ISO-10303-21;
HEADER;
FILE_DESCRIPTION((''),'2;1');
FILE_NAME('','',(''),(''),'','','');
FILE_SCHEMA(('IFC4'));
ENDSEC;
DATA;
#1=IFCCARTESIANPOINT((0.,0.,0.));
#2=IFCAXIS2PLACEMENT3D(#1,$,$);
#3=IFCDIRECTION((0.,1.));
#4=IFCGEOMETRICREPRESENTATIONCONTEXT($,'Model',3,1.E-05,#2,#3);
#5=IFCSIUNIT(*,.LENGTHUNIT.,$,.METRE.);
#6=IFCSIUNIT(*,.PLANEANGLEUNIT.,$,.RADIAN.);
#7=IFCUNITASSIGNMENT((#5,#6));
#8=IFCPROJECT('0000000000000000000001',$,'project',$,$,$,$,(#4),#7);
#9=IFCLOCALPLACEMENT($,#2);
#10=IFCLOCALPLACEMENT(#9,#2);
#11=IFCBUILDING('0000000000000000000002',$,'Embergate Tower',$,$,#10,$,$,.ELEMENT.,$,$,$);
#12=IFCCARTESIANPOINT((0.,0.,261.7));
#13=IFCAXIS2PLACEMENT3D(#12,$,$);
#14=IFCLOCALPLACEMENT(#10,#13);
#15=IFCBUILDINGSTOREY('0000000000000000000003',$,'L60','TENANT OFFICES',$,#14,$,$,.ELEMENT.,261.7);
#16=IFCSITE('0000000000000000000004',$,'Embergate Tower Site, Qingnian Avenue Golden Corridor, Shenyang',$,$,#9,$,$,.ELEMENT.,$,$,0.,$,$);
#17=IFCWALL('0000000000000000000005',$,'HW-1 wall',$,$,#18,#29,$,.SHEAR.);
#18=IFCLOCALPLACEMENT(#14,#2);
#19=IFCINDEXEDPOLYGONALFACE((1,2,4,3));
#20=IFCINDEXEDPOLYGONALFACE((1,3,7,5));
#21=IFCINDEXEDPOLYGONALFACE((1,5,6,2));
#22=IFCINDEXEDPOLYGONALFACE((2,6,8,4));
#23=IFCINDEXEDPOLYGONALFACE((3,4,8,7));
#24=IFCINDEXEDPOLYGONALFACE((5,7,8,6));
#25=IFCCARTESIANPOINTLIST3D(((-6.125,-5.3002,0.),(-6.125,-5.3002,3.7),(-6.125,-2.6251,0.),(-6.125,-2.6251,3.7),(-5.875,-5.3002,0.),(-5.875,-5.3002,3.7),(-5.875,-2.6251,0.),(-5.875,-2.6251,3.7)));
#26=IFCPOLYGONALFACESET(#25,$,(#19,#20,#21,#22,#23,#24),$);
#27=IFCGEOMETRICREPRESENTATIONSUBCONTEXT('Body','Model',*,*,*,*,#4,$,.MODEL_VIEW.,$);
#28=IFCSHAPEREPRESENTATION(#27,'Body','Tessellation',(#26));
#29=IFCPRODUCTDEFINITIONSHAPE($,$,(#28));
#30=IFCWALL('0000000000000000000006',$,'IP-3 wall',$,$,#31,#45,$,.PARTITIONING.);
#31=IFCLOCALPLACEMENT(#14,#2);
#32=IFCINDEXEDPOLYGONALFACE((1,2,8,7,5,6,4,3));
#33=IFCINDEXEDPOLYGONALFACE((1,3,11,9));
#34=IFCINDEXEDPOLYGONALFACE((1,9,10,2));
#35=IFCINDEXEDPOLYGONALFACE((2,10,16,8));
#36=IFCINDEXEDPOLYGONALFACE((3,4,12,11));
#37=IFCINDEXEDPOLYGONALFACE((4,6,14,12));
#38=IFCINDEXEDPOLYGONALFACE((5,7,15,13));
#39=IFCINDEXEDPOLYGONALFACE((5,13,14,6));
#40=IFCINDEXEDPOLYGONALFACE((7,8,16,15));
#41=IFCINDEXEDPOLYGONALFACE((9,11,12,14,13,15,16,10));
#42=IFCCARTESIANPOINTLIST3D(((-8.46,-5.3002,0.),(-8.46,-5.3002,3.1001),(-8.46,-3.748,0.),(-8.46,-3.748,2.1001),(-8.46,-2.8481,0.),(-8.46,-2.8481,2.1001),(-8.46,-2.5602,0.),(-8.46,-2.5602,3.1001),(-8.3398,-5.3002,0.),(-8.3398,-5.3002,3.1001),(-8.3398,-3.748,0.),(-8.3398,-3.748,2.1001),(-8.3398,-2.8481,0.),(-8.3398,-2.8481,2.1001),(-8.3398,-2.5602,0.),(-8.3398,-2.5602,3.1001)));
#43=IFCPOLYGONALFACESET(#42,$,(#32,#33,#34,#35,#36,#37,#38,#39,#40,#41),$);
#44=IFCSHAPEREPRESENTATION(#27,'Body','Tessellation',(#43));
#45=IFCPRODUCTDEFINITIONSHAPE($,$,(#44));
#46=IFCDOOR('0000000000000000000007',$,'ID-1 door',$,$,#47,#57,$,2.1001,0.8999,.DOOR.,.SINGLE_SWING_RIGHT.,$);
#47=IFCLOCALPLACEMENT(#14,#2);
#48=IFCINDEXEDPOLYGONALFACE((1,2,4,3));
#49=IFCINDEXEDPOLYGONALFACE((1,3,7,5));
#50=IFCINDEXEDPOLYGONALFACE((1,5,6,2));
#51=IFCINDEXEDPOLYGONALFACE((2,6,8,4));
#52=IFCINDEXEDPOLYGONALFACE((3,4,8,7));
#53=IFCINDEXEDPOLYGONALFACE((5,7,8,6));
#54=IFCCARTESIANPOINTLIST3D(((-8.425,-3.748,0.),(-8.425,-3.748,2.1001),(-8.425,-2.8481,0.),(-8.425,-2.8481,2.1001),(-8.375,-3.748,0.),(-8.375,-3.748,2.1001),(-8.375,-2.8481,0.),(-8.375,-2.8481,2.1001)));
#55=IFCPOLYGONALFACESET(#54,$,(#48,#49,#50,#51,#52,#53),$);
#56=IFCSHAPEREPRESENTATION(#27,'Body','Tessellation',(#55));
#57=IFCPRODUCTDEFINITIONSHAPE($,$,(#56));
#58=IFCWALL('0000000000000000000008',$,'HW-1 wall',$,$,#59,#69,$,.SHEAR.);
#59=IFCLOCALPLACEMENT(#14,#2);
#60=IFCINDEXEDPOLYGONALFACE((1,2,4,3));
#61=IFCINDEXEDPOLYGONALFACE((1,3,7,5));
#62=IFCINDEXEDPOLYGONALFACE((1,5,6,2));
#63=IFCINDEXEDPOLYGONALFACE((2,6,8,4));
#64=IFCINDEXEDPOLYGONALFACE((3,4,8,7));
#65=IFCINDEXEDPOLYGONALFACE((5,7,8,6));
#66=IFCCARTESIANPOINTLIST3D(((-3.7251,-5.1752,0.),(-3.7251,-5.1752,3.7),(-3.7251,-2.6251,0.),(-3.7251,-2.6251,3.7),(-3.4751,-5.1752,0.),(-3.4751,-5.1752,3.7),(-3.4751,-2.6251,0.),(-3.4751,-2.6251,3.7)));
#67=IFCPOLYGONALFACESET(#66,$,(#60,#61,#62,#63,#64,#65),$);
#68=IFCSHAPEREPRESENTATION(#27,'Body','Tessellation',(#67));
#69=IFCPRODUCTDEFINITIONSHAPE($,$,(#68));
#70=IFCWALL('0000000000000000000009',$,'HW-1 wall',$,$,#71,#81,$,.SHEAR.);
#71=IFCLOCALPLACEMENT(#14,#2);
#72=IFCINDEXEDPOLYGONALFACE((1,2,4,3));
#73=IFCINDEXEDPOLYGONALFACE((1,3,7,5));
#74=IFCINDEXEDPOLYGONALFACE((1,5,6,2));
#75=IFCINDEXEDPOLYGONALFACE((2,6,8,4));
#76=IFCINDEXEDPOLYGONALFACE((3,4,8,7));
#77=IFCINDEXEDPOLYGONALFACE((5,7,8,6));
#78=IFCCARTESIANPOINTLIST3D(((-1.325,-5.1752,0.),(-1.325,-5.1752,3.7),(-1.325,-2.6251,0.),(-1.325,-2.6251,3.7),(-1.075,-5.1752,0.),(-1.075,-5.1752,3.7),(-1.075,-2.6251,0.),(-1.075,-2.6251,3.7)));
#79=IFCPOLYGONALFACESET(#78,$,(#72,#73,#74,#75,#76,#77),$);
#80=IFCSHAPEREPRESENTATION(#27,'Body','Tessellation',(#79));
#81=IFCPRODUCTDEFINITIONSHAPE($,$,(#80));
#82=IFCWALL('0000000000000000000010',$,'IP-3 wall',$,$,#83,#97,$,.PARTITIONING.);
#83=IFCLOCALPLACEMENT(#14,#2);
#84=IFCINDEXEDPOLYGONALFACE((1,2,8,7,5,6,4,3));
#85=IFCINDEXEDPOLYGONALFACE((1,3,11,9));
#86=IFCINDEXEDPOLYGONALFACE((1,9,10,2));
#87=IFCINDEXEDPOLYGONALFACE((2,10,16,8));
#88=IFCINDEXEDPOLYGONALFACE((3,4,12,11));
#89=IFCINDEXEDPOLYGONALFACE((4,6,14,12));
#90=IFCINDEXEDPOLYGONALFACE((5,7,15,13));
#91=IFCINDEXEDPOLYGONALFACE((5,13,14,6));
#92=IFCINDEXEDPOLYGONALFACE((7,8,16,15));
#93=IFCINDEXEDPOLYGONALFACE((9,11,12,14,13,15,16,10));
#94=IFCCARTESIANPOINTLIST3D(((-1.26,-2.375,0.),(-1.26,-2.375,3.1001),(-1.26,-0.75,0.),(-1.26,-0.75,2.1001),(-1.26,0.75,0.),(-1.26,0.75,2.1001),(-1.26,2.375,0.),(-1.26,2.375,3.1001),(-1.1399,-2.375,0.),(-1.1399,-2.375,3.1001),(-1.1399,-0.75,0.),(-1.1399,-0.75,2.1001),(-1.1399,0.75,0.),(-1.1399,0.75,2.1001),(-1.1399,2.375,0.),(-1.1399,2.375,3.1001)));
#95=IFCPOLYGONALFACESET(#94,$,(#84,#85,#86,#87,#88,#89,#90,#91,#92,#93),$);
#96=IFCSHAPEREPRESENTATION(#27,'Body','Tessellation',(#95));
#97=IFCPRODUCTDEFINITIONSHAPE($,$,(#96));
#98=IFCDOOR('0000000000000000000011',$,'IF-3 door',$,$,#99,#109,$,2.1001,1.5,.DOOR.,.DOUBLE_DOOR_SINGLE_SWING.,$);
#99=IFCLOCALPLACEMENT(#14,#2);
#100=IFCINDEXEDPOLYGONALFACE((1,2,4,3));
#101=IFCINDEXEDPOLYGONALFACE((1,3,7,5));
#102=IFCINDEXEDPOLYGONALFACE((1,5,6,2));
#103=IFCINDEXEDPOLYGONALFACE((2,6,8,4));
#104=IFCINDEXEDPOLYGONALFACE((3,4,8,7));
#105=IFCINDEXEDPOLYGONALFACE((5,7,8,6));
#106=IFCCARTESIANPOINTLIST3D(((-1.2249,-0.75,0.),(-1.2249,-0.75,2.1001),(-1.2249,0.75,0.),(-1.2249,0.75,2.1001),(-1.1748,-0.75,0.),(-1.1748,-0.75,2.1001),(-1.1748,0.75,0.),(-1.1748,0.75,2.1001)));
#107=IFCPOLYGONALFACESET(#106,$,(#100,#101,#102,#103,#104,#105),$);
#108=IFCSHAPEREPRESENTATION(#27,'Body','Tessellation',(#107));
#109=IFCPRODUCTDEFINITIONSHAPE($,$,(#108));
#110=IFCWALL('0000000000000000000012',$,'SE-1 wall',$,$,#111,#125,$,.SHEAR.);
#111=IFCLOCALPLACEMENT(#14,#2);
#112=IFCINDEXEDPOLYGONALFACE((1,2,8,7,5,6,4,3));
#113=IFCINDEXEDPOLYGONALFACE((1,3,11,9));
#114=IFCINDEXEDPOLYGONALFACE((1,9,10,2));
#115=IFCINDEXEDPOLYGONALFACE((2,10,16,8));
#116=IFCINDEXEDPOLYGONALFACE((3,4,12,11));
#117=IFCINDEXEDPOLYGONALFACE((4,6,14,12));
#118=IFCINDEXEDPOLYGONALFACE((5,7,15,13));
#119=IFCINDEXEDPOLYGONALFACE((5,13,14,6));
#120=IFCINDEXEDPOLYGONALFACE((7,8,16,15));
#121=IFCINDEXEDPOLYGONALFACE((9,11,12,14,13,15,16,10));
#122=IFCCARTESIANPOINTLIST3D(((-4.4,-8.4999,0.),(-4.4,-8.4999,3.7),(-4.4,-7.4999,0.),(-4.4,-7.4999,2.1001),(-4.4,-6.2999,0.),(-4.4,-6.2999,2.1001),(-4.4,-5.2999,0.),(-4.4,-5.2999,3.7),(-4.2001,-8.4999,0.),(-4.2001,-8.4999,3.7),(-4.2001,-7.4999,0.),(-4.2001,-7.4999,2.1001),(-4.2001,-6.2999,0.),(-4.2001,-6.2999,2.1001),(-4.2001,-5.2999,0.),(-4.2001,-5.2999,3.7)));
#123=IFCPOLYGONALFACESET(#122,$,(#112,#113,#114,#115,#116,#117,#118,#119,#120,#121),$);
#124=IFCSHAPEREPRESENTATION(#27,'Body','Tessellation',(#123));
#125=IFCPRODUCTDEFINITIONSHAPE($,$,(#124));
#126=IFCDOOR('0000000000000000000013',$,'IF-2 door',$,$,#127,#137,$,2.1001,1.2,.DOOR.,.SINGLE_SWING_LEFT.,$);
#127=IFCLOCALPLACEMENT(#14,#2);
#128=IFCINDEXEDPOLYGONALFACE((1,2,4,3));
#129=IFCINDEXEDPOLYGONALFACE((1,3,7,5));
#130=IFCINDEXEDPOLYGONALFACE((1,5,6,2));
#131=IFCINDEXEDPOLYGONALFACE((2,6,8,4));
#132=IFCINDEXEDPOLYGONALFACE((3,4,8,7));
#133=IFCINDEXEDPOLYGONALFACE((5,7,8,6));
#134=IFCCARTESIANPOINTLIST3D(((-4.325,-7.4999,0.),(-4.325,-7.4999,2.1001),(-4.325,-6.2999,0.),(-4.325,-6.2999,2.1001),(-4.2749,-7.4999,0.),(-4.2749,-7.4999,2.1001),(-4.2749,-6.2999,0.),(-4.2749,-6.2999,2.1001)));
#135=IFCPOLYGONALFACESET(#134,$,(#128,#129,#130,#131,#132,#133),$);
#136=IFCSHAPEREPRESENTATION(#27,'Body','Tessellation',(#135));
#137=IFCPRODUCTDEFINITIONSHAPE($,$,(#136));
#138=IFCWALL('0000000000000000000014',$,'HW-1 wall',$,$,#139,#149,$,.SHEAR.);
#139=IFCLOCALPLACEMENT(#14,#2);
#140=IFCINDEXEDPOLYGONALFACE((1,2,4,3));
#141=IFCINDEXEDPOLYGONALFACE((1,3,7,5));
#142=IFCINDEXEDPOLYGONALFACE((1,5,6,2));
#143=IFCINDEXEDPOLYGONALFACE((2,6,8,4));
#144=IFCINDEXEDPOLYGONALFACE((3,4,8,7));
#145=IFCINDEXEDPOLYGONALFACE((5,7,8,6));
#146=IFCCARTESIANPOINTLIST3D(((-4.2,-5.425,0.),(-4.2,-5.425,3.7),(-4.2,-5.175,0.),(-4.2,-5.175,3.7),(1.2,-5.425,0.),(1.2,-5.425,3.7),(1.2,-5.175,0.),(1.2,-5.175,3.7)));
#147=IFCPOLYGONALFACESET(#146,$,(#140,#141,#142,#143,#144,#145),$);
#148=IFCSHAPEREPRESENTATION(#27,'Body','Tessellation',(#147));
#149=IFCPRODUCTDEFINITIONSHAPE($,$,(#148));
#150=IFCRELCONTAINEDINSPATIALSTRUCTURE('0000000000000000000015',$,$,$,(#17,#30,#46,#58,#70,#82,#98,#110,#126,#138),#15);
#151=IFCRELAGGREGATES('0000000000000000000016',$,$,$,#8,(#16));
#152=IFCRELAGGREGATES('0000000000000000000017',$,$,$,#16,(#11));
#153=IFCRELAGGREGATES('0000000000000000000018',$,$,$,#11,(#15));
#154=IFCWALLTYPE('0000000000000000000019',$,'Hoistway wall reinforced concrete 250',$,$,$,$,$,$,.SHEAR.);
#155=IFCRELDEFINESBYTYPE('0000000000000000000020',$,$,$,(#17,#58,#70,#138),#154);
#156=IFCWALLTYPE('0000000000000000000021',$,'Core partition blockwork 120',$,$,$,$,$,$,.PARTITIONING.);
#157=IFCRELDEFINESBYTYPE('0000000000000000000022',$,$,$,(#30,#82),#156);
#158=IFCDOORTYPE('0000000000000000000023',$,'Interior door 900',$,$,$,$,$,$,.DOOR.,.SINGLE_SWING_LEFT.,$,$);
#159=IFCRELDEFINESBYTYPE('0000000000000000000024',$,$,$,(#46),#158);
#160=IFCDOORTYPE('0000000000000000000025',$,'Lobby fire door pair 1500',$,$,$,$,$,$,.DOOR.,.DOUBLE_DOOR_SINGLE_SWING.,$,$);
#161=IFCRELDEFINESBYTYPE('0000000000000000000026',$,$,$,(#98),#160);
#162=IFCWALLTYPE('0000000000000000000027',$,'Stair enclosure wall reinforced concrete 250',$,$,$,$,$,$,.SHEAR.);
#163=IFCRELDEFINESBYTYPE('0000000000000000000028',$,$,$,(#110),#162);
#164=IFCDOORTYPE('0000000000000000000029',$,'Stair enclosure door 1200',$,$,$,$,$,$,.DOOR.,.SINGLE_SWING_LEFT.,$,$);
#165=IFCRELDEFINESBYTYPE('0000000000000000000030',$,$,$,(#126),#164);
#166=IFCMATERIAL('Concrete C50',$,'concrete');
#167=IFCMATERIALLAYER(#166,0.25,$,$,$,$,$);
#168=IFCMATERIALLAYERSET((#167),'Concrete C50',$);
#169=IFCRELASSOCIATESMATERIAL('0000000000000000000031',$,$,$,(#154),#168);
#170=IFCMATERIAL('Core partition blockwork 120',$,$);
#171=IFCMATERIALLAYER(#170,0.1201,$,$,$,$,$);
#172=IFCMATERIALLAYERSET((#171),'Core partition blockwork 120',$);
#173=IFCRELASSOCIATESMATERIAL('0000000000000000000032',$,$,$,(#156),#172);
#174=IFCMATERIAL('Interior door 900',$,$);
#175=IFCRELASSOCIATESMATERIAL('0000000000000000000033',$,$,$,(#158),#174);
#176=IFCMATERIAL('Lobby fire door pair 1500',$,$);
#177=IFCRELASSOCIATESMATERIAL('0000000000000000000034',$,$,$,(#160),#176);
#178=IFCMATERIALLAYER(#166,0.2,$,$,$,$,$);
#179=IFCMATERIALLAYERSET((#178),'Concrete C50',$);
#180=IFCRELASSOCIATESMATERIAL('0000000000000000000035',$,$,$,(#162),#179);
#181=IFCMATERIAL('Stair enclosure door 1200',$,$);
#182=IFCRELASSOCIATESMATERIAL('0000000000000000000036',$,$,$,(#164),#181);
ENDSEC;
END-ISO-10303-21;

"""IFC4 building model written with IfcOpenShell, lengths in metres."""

from ifc_helpers import new_model, si_unit, direction, frame, frame_2d, origin, place, context, subcontext, project, spatial, rectangle, extrude, source, transform, mapped, material, layer, layer_set, type_object, element, fill, save


model = new_model("IFC4")

# Units and contexts
model_context = context("Model", 3, precision=1e-05, world=origin(), true_north=direction((0.0, 1.0)))
body_context = subcontext(model_context, "Body", "Model", "MODEL_VIEW")
ifc_project = project(units=[si_unit("LENGTHUNIT", "METRE"), si_unit("PLANEANGLEUNIT", "RADIAN")], contexts=[model_context])

# Site, building, storey
site_placement = place(None, origin())
site = spatial("IfcSite", under=ifc_project, at=site_placement, Name="Embergate Tower Site, Qingnian Avenue Golden Corridor, Shenyang", CompositionType="ELEMENT", RefElevation=0.0)
building_placement = place(site_placement, origin())
building = spatial("IfcBuilding", under=site, at=building_placement, Name="Embergate Tower", CompositionType="ELEMENT")
storey_placement = place(building_placement, frame((0.0, 0.0, 261.7)))
storey = spatial("IfcBuildingStorey", under=building, at=storey_placement, Name="L60", Description="TENANT OFFICES", CompositionType="ELEMENT", Elevation=261.7)

# Wall
ifc_material_1 = material(Name="Concrete C50", Category="concrete")
ifc_layer_1 = layer(ifc_material_1, 0.25)
ifc_layer_set_1 = layer_set([ifc_layer_1], Name="Concrete C50")
wall_type_1 = type_object("IfcWallType", Name="Hoistway wall reinforced concrete 250", PredefinedType="SHEAR", material=ifc_layer_set_1)
shared_shape_1 = source(origin(), body_context, "Body", "SweptSolid", [
    extrude(rectangle(XDim=2.675, YDim=0.25, at=frame_2d((1.3374, 0.0))), origin(), (0.0, 0.0, 1.0), 3.7),
])
wall_1_placement = place(storey_placement, frame((-6.0, -5.3, 0.0), z_axis=(0.0, 0.0, 1.0), x_axis=(0.0, 1.0, 0.0)))
element("IfcWall", 1, at=wall_1_placement, inside=storey, type_object=wall_type_1, Name="HW-1 wall", PredefinedType="SHEAR", context=body_context, shape_type="MappedRepresentation", body=[
    mapped(shared_shape_1, transform((0.0, 0.0, 0.0))),
])

# Wall, opening, door
ifc_material_2 = material(Name="Core partition blockwork 120")
ifc_layer_2 = layer(ifc_material_2, 0.1201)
ifc_layer_set_2 = layer_set([ifc_layer_2], Name="Core partition blockwork 120")
wall_type_2 = type_object("IfcWallType", Name="Core partition blockwork 120", PredefinedType="PARTITIONING", material=ifc_layer_set_2)
shared_shape_2 = source(origin(), body_context, "Body", "SweptSolid", [
    extrude(rectangle(XDim=2.74, YDim=0.1201, at=frame_2d((1.3701, 0.0))), origin(), (0.0, 0.0, 1.0), 3.1001),
])
wall_2_placement = place(storey_placement, frame((-8.3999, -2.5601, 0.0), z_axis=(0.0, 0.0, 1.0), x_axis=(0.0, -1.0, 0.0)))
wall_2 = element("IfcWall", 2, at=wall_2_placement, inside=storey, type_object=wall_type_2, Name="IP-3 wall", PredefinedType="PARTITIONING", context=body_context, shape_type="MappedRepresentation", body=[
    mapped(shared_shape_2, transform((0.0, 0.0, 0.0))),
])
shared_shape_3 = source(origin(), body_context, "Body", "SweptSolid", [
    extrude(rectangle(XDim=0.8999, YDim=2.1001, at=frame_2d((0.45, 1.05))), frame((0.0, 0.0701, 0.0), z_axis=(0.0, -1.0, 0.0), x_axis=(1.0, 0.0, 0.0)), (0.0, 0.0, 1.0), 0.1401),
])
opening_1_placement = place(wall_2_placement, frame((0.2881, 0.0, 0.0)))
opening_1 = element("IfcOpeningElement", 3, at=opening_1_placement, cuts=wall_2, PredefinedType="OPENING", context=body_context, shape_type="MappedRepresentation", body=[
    mapped(shared_shape_3, transform((0.0, 0.0, 0.0))),
])
ifc_material_3 = material(Name="Interior door 900")
door_type_1 = type_object("IfcDoorType", Name="Interior door 900", OperationType="SINGLE_SWING_LEFT", PredefinedType="DOOR", material=ifc_material_3)
shared_shape_4 = source(origin(), body_context, "Body", "SweptSolid", [
    extrude(rectangle(XDim=0.8999, YDim=2.1001, at=frame_2d((0.45, 1.05))), frame((0.0, 0.0249, 0.0), z_axis=(0.0, -1.0, 0.0), x_axis=(1.0, 0.0, 0.0)), (0.0, 0.0, 1.0), 0.05),
])
door_1_placement = place(opening_1_placement, origin())
door_1 = element("IfcDoor", 4, at=door_1_placement, inside=storey, type_object=door_type_1, Name="ID-1 door", OperationType="SINGLE_SWING_RIGHT", OverallHeight=2.1001, OverallWidth=0.8999, PredefinedType="DOOR", context=body_context, shape_type="MappedRepresentation", body=[
    mapped(shared_shape_4, transform((0.0, 0.0, 0.0))),
])
fill(opening_1, door_1)

# Walls
shared_shape_5 = source(origin(), body_context, "Body", "SweptSolid", [
    extrude(rectangle(XDim=2.55, YDim=0.25, at=frame_2d((1.2749, 0.0))), origin(), (0.0, 0.0, 1.0), 3.7),
])
for number, where, z_axis, x_axis, name in (
    (5, (-3.6001, -5.175, 0.0), (0.0, 0.0, 1.0), (0.0, 1.0, 0.0), "HW-1 wall"),
    (6, (-1.2, -5.175, 0.0), (0.0, 0.0, 1.0), (0.0, 1.0, 0.0), "HW-1 wall"),
):
    element("IfcWall", number, at=place(storey_placement, frame(where, z_axis=z_axis, x_axis=x_axis)), inside=storey, type_object=wall_type_1, Name=name, PredefinedType="SHEAR", context=body_context, shape_type="MappedRepresentation", body=[
        mapped(shared_shape_5, transform((0.0, 0.0, 0.0))),
    ])

# Walls, openings, doors
shared_shape_6 = source(origin(), body_context, "Body", "SweptSolid", [
    extrude(rectangle(XDim=4.75, YDim=0.1201, at=frame_2d((2.375, 0.0))), origin(), (0.0, 0.0, 1.0), 3.1001),
])
wall_3_placement = place(storey_placement, frame((-1.2, -2.375, 0.0), z_axis=(0.0, 0.0, 1.0), x_axis=(0.0, 1.0, 0.0)))
wall_3 = element("IfcWall", 7, at=wall_3_placement, inside=storey, type_object=wall_type_2, Name="IP-3 wall", PredefinedType="PARTITIONING", context=body_context, shape_type="MappedRepresentation", body=[
    mapped(shared_shape_6, transform((0.0, 0.0, 0.0))),
])
shared_shape_7 = source(origin(), body_context, "Body", "SweptSolid", [
    extrude(rectangle(XDim=1.5, YDim=2.1001, at=frame_2d((0.75, 1.05))), frame((0.0, 0.0701, 0.0), z_axis=(0.0, -1.0, 0.0), x_axis=(1.0, 0.0, 0.0)), (0.0, 0.0, 1.0), 0.1401),
])
opening_2_placement = place(wall_3_placement, frame((1.625, 0.0, 0.0)))
opening_2 = element("IfcOpeningElement", 8, at=opening_2_placement, cuts=wall_3, PredefinedType="OPENING", context=body_context, shape_type="MappedRepresentation", body=[
    mapped(shared_shape_7, transform((0.0, 0.0, 0.0))),
])
ifc_material_4 = material(Name="Lobby fire door pair 1500")
door_type_2 = type_object("IfcDoorType", Name="Lobby fire door pair 1500", OperationType="DOUBLE_DOOR_SINGLE_SWING", PredefinedType="DOOR", material=ifc_material_4)
shared_shape_8 = source(origin(), body_context, "Body", "SweptSolid", [
    extrude(rectangle(XDim=1.5, YDim=2.1001, at=frame_2d((0.75, 1.05))), frame((0.0, 0.0249, 0.0), z_axis=(0.0, -1.0, 0.0), x_axis=(1.0, 0.0, 0.0)), (0.0, 0.0, 1.0), 0.05),
])
door_2_placement = place(opening_2_placement, origin())
door_2 = element("IfcDoor", 9, at=door_2_placement, inside=storey, type_object=door_type_2, Name="IF-3 door", OperationType="DOUBLE_DOOR_SINGLE_SWING", OverallHeight=2.1001, OverallWidth=1.5, PredefinedType="DOOR", context=body_context, shape_type="MappedRepresentation", body=[
    mapped(shared_shape_8, transform((0.0, 0.0, 0.0))),
])
fill(opening_2, door_2)
ifc_layer_3 = layer(ifc_material_1, 0.2)
ifc_layer_set_3 = layer_set([ifc_layer_3], Name="Concrete C50")
wall_type_3 = type_object("IfcWallType", Name="Stair enclosure wall reinforced concrete 250", PredefinedType="SHEAR", material=ifc_layer_set_3)
shared_shape_9 = source(origin(), body_context, "Body", "SweptSolid", [
    extrude(rectangle(XDim=3.2, YDim=0.2, at=frame_2d((1.6001, 0.0))), origin(), (0.0, 0.0, 1.0), 3.7),
])
wall_4_placement = place(storey_placement, frame((-4.3, -8.5, 0.0), z_axis=(0.0, 0.0, 1.0), x_axis=(0.0, 1.0, 0.0)))
wall_4 = element("IfcWall", 10, at=wall_4_placement, inside=storey, type_object=wall_type_3, Name="SE-1 wall", PredefinedType="SHEAR", context=body_context, shape_type="MappedRepresentation", body=[
    mapped(shared_shape_9, transform((0.0, 0.0, 0.0))),
])
shared_shape_10 = source(origin(), body_context, "Body", "SweptSolid", [
    extrude(rectangle(XDim=1.2, YDim=2.1001, at=frame_2d((0.6001, 1.05))), frame((0.0, 0.1099, 0.0), z_axis=(0.0, -1.0, 0.0), x_axis=(1.0, 0.0, 0.0)), (0.0, 0.0, 1.0), 0.22),
])
opening_3_placement = place(wall_4_placement, frame((1.0, 0.0, 0.0)))
opening_3 = element("IfcOpeningElement", 11, at=opening_3_placement, cuts=wall_4, PredefinedType="OPENING", context=body_context, shape_type="MappedRepresentation", body=[
    mapped(shared_shape_10, transform((0.0, 0.0, 0.0))),
])
ifc_material_5 = material(Name="Stair enclosure door 1200")
door_type_3 = type_object("IfcDoorType", Name="Stair enclosure door 1200", OperationType="SINGLE_SWING_LEFT", PredefinedType="DOOR", material=ifc_material_5)
shared_shape_11 = source(origin(), body_context, "Body", "SweptSolid", [
    extrude(rectangle(XDim=1.2, YDim=2.1001, at=frame_2d((0.6001, 1.05))), frame((0.0, 0.0249, 0.0), z_axis=(0.0, -1.0, 0.0), x_axis=(1.0, 0.0, 0.0)), (0.0, 0.0, 1.0), 0.05),
])
door_3_placement = place(opening_3_placement, origin())
door_3 = element("IfcDoor", 12, at=door_3_placement, inside=storey, type_object=door_type_3, Name="IF-2 door", OperationType="SINGLE_SWING_LEFT", OverallHeight=2.1001, OverallWidth=1.2, PredefinedType="DOOR", context=body_context, shape_type="MappedRepresentation", body=[
    mapped(shared_shape_11, transform((0.0, 0.0, 0.0))),
])
fill(opening_3, door_3)

# Wall
shared_shape_12 = source(origin(), body_context, "Body", "SweptSolid", [
    extrude(rectangle(XDim=5.3999, YDim=0.25, at=frame_2d((2.7, 0.0))), origin(), (0.0, 0.0, 1.0), 3.7),
])
wall_5_placement = place(storey_placement, frame((-4.2, -5.3, 0.0), z_axis=(0.0, 0.0, 1.0), x_axis=(1.0, 0.0, 0.0)))
element("IfcWall", 13, at=wall_5_placement, inside=storey, type_object=wall_type_1, Name="HW-1 wall", PredefinedType="SHEAR", context=body_context, shape_type="MappedRepresentation", body=[
    mapped(shared_shape_12, transform((0.0, 0.0, 0.0))),
])

save(model, "model.ifc")
